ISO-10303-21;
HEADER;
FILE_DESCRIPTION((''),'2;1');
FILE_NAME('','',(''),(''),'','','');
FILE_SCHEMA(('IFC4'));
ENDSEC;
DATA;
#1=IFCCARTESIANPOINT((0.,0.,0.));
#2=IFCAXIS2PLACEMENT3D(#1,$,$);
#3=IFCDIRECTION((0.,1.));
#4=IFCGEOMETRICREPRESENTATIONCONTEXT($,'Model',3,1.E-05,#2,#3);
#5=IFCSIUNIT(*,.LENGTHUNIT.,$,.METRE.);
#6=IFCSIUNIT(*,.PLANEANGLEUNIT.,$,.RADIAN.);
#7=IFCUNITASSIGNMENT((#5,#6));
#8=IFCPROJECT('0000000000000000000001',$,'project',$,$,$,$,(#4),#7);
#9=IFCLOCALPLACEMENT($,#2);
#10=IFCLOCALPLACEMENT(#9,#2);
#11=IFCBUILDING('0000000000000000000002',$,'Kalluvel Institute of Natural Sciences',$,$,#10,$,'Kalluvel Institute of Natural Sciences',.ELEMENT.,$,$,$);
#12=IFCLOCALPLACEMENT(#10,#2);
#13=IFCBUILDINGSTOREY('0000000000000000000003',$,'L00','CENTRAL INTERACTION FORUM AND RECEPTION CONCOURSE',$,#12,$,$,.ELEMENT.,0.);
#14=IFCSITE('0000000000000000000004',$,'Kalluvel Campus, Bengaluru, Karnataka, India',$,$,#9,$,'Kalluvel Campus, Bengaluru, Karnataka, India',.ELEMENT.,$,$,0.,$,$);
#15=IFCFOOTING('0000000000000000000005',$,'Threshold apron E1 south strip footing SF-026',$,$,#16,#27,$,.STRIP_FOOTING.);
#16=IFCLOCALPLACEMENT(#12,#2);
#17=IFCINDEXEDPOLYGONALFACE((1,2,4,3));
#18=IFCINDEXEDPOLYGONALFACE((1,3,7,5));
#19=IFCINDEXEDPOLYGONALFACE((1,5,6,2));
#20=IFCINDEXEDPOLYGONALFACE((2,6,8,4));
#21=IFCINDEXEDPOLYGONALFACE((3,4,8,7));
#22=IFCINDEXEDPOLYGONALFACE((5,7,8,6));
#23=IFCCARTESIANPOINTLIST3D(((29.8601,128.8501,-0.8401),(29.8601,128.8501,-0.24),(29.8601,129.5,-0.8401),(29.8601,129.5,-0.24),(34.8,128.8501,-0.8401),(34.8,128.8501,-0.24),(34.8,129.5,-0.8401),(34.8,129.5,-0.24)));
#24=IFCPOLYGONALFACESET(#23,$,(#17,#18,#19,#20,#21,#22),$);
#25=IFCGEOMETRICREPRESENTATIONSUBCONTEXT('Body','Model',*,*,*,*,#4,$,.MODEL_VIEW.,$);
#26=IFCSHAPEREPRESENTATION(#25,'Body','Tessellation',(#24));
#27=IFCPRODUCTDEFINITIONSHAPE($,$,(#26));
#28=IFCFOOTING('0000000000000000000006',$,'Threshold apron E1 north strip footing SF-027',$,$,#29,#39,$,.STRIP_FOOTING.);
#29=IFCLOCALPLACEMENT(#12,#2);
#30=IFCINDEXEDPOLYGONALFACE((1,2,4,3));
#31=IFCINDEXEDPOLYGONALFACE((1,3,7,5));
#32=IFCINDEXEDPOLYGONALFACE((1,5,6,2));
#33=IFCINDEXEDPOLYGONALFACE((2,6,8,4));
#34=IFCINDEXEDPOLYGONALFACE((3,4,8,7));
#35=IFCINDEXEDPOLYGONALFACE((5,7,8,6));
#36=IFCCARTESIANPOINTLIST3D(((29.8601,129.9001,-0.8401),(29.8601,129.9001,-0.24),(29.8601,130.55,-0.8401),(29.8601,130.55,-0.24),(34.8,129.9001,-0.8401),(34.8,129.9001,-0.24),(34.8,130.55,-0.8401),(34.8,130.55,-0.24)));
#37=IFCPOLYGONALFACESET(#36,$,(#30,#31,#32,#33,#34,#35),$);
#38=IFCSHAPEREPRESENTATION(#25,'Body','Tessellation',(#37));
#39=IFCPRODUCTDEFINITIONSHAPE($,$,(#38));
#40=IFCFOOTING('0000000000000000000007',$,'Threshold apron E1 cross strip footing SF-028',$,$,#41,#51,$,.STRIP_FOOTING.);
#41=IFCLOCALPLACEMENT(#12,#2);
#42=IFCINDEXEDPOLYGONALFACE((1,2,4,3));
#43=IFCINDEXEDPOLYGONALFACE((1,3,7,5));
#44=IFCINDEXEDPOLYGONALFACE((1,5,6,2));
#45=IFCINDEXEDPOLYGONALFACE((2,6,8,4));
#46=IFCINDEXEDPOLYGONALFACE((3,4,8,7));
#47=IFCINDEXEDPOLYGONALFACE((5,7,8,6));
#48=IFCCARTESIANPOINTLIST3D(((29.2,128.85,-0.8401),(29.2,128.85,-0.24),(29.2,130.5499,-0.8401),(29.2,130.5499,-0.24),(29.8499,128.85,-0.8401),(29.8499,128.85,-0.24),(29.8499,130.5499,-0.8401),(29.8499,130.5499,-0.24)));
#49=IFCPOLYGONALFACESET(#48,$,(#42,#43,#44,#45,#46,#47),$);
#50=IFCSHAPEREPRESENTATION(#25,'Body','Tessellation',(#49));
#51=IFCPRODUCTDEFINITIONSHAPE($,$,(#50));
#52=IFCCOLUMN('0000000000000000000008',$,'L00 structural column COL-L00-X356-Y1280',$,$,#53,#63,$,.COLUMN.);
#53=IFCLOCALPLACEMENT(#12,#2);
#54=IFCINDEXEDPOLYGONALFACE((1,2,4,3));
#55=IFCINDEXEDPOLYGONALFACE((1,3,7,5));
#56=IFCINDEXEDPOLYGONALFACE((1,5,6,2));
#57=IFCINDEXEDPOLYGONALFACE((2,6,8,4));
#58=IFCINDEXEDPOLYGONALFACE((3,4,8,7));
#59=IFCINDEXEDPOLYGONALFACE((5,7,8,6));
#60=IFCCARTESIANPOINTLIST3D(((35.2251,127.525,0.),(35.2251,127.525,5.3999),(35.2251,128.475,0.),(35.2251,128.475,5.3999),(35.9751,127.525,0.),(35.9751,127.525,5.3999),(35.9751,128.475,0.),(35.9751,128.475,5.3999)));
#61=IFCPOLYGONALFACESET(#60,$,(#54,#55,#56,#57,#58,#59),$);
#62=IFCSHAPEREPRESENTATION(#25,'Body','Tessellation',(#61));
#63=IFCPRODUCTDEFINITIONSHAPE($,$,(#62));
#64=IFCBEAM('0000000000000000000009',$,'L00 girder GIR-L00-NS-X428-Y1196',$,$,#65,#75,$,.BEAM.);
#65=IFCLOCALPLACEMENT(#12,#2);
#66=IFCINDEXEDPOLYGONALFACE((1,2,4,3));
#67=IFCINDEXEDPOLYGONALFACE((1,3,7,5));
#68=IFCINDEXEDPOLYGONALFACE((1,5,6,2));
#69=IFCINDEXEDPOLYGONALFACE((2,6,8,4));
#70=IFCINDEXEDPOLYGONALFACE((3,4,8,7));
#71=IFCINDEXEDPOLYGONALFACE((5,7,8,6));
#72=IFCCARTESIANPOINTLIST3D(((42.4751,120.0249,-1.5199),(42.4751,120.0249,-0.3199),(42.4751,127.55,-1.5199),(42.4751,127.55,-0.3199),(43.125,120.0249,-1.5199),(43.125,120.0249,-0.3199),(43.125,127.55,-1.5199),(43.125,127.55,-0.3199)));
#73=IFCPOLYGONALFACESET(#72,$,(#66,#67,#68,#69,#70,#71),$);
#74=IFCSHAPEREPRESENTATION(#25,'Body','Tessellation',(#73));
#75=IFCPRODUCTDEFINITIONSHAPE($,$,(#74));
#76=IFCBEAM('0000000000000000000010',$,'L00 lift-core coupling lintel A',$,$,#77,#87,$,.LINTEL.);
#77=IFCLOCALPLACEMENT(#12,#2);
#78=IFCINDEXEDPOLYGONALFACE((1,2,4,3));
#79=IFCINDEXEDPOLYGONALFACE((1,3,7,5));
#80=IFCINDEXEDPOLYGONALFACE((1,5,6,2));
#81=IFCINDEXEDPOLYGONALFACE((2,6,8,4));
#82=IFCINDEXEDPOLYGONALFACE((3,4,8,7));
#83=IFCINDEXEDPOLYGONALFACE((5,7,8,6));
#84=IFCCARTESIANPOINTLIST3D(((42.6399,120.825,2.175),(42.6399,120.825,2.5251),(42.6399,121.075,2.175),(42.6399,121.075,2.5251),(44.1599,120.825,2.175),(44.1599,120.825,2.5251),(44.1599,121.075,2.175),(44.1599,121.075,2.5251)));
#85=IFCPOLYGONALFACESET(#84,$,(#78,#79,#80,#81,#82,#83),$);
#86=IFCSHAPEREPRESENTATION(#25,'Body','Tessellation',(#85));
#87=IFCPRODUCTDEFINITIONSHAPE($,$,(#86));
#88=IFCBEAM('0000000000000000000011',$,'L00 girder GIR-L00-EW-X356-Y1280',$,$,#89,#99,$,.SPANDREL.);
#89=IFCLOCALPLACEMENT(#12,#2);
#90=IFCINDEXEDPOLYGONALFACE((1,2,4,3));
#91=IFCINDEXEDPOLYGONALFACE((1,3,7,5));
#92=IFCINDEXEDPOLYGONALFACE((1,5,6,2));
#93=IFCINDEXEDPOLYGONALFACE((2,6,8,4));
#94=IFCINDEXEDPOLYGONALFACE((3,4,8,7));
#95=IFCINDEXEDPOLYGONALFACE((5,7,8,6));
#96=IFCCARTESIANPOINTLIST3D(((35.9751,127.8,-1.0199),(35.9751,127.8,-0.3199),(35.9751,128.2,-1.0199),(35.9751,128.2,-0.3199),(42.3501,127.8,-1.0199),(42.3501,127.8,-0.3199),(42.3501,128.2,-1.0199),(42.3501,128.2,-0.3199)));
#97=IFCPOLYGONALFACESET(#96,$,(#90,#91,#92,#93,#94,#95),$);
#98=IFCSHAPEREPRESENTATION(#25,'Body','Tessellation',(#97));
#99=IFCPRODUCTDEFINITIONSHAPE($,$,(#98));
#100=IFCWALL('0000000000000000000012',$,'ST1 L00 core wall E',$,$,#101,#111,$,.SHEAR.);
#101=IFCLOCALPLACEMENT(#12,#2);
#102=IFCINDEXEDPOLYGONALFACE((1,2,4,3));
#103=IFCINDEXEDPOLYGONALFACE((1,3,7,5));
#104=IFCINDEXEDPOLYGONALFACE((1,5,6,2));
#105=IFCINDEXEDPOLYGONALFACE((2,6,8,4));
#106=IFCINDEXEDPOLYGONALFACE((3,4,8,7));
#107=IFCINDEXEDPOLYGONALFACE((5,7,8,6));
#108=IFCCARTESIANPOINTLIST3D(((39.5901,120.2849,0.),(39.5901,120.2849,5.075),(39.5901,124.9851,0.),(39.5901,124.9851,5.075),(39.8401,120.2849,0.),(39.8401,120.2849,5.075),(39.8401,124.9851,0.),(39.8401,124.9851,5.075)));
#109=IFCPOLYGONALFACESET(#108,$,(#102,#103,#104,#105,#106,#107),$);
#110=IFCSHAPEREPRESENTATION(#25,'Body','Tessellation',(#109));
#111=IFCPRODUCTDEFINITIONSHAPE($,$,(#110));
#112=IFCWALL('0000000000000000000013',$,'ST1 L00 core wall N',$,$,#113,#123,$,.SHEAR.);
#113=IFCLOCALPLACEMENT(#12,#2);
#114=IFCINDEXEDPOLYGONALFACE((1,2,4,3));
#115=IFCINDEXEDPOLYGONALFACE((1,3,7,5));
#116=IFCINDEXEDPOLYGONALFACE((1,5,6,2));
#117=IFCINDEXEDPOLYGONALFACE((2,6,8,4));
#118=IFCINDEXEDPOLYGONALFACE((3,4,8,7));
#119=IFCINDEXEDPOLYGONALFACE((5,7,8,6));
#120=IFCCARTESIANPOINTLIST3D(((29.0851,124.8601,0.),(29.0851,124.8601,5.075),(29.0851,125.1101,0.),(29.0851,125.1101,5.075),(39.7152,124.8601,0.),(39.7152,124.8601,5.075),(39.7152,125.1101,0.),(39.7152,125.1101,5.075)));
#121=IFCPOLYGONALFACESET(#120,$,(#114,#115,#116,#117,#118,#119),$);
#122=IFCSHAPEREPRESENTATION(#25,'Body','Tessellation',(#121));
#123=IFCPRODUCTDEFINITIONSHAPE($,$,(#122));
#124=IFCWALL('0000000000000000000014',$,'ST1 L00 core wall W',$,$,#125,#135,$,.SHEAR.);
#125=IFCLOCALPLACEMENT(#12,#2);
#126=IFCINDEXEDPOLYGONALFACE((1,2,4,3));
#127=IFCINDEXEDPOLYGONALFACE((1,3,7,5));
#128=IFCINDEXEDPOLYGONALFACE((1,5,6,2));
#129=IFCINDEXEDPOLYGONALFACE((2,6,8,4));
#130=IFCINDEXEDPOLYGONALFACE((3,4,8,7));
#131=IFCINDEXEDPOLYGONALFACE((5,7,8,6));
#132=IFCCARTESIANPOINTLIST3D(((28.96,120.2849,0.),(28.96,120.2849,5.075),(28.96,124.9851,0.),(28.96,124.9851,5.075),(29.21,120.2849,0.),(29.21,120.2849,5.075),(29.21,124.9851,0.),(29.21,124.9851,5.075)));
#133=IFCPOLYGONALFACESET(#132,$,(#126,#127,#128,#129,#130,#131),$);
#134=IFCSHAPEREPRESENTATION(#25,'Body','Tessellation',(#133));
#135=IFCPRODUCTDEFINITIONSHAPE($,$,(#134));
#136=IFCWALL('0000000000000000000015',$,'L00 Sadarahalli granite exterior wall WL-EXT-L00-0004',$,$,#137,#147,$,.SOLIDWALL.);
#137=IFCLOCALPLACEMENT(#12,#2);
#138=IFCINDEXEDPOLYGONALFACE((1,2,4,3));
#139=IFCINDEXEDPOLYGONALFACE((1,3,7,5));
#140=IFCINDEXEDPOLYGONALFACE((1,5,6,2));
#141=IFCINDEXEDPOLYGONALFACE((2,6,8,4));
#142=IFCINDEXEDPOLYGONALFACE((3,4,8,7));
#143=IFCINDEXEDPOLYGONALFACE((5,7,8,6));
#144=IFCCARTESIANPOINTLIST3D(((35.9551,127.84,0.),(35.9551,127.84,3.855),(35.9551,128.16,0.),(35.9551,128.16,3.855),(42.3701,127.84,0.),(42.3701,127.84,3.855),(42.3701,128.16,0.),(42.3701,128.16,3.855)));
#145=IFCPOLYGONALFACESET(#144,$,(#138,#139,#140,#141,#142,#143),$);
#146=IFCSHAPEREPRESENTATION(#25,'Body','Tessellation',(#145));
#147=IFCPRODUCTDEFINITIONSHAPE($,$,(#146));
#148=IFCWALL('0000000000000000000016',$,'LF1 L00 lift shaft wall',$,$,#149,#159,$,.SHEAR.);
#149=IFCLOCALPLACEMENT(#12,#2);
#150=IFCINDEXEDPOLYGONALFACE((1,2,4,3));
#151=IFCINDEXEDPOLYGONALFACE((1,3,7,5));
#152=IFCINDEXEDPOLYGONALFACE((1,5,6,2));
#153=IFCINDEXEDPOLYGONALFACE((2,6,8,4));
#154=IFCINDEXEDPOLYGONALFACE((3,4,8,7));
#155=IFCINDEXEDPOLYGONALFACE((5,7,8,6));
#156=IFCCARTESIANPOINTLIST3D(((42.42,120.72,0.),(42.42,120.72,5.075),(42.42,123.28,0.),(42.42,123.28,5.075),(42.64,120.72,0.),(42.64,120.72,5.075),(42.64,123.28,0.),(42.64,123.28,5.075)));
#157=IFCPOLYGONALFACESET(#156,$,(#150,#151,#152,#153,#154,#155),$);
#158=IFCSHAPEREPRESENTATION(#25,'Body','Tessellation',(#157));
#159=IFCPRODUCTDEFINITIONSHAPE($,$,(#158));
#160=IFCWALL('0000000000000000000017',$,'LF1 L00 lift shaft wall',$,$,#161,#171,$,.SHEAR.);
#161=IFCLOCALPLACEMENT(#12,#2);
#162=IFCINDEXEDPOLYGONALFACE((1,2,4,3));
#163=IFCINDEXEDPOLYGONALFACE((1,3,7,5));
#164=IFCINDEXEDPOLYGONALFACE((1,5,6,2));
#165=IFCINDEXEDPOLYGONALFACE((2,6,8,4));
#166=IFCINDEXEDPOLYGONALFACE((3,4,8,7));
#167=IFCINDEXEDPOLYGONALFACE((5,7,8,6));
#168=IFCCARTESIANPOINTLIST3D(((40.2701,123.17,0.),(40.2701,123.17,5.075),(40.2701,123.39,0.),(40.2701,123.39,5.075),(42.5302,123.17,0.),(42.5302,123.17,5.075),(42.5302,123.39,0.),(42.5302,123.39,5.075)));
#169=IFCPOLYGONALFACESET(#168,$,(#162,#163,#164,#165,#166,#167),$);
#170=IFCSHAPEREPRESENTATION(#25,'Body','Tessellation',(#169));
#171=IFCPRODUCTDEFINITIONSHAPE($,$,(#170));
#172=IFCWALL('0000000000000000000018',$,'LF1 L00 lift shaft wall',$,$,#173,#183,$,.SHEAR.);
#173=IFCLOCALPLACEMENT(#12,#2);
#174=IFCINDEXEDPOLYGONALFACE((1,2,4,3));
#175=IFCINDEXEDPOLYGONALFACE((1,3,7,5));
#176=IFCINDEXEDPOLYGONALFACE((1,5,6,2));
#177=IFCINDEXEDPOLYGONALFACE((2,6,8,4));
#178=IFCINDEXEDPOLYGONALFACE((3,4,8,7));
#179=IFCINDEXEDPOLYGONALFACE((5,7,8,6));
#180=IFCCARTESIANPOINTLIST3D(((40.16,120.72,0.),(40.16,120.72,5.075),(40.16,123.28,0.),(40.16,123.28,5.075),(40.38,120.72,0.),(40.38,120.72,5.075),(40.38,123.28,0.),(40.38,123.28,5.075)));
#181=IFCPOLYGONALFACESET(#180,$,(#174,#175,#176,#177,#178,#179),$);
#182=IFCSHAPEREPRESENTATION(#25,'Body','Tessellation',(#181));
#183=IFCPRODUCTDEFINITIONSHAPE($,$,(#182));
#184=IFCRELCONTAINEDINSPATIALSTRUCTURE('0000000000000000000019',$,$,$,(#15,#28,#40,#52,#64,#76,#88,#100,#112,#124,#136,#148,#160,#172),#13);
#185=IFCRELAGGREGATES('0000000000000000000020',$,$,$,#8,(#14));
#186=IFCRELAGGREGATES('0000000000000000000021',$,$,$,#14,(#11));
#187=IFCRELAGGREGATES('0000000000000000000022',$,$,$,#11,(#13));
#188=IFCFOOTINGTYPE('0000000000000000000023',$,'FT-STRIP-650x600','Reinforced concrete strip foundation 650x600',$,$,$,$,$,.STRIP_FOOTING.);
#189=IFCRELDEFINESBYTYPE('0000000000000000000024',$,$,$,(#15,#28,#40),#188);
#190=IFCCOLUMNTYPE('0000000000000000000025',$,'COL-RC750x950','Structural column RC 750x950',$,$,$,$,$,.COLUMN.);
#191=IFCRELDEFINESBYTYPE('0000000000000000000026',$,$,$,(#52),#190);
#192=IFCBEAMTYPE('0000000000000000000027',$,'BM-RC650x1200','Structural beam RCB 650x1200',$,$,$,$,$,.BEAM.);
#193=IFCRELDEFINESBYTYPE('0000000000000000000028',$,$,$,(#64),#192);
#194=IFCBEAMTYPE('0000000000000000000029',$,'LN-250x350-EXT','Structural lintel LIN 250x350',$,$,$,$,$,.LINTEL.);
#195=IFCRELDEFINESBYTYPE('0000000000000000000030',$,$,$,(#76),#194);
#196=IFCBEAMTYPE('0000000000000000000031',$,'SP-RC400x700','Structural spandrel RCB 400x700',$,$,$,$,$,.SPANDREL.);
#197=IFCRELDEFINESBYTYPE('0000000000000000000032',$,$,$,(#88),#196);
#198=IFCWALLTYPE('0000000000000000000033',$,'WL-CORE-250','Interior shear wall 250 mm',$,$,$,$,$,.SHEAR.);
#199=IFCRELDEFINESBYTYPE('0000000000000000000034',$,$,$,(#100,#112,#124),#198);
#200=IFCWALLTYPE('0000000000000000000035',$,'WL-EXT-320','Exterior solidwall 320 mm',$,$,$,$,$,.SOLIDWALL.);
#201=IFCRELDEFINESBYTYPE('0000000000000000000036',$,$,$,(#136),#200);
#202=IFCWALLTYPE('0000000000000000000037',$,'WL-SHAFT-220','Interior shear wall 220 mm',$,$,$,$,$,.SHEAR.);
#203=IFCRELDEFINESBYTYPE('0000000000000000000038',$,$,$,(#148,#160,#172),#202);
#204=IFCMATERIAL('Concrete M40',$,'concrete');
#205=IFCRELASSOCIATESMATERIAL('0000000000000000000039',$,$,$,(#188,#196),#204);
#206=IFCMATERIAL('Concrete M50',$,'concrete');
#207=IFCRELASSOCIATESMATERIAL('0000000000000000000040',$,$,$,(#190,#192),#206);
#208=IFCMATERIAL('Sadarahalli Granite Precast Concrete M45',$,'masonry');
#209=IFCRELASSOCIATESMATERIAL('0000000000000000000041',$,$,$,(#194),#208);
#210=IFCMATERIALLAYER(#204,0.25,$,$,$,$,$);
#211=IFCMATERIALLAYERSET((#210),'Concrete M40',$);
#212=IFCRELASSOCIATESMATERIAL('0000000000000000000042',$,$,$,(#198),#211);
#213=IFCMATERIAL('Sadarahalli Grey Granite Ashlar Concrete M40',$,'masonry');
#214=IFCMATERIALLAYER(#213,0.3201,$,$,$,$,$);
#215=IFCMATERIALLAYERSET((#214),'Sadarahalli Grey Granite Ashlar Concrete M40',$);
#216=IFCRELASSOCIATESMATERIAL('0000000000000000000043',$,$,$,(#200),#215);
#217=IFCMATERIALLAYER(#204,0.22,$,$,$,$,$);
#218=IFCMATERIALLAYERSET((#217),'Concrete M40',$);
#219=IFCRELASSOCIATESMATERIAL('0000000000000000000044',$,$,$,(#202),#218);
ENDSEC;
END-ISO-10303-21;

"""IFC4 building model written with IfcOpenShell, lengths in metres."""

from ifc_helpers import new_model, si_unit, direction, frame, frame_2d, origin, origin_2d, place, context, subcontext, project, spatial, rectangle, extrude, material, layer, layer_set, material_profile, profile_set, type_object, element, save


model = new_model("IFC4")

# Units and contexts
model_context = context("Model", 3, precision=1e-05, world=origin(), true_north=direction((0.0, 1.0)))
body_context = subcontext(model_context, "Body", "Model", "MODEL_VIEW")
ifc_project = project(units=[si_unit("LENGTHUNIT", "METRE"), si_unit("PLANEANGLEUNIT", "RADIAN")], contexts=[model_context])

# Site, building, storey
site_placement = place(None, origin())
site = spatial("IfcSite", under=ifc_project, at=site_placement, Name="Kalluvel Campus, Bengaluru, Karnataka, India", LongName="Kalluvel Campus, Bengaluru, Karnataka, India", CompositionType="ELEMENT", RefElevation=0.0)
building_placement = place(site_placement, origin())
building = spatial("IfcBuilding", under=site, at=building_placement, Name="Kalluvel Institute of Natural Sciences", LongName="Kalluvel Institute of Natural Sciences", CompositionType="ELEMENT")
storey_placement = place(building_placement, origin())
storey = spatial("IfcBuildingStorey", under=building, at=storey_placement, Name="L00", Description="CENTRAL INTERACTION FORUM AND RECEPTION CONCOURSE", CompositionType="ELEMENT", Elevation=0.0)

# Footings
ifc_material_1 = material(Name="Concrete M40", Category="concrete")
footing_type = type_object("IfcFootingType", Name="FT-STRIP-650x600", Description="Reinforced concrete strip foundation 650x600", PredefinedType="STRIP_FOOTING", material=ifc_material_1)
for number, where, z_axis, x_axis, name in (
    (1, (32.3301, 129.175, -0.8401), (0.0, 0.0, 1.0), (1.0, 0.0, 0.0), "Threshold apron E1 south strip footing SF-026"),
    (2, (32.3301, 130.2251, -0.8401), (0.0, 0.0, 1.0), (1.0, 0.0, 0.0), "Threshold apron E1 north strip footing SF-027"),
):
    element("IfcFooting", number, at=place(storey_placement, frame(where, z_axis=z_axis, x_axis=x_axis)), inside=storey, type_object=footing_type, Name=name, PredefinedType="STRIP_FOOTING", context=body_context, shape_type="SweptSolid", body=[
        extrude(rectangle(XDim=4.9399, YDim=0.6499, at=origin_2d()), origin(), (0.0, 0.0, 1.0), 0.6001),
    ])
footing_placement = place(storey_placement, frame((29.5249, 129.7, -0.8401), z_axis=(0.0, 0.0, 1.0), x_axis=(1.0, 0.0, 0.0)))
element("IfcFooting", 3, at=footing_placement, inside=storey, type_object=footing_type, Name="Threshold apron E1 cross strip footing SF-028", PredefinedType="STRIP_FOOTING", context=body_context, shape_type="SweptSolid", body=[
    extrude(rectangle(XDim=0.6499, YDim=1.7, at=origin_2d()), origin(), (0.0, 0.0, 1.0), 0.6001),
])

# Column
ifc_material_2 = material(Name="Concrete M50", Category="concrete")
ifc_material_profile_1 = material_profile(ifc_material_2, rectangle(XDim=0.75, YDim=0.95, at=origin_2d()), Name="RC 750x950")
ifc_profile_set_1 = profile_set([ifc_material_profile_1], Name="Concrete M50")
column_type = type_object("IfcColumnType", Name="COL-RC750x950", Description="Structural column RC 750x950", PredefinedType="COLUMN", material=ifc_profile_set_1)
column_placement = place(storey_placement, frame((35.6001, 128.0, 0.0), z_axis=(0.0, 0.0, 1.0), x_axis=(1.0, 0.0, 0.0)))
element("IfcColumn", 4, at=column_placement, inside=storey, type_object=column_type, Name="L00 structural column COL-L00-X356-Y1280", PredefinedType="COLUMN", context=body_context, shape_type="SweptSolid", body=[
    extrude(rectangle(XDim=0.75, YDim=0.95, at=origin_2d()), origin(), (0.0, 0.0, 1.0), 5.3999),
])

# Beams
ifc_material_profile_2 = material_profile(ifc_material_2, rectangle(XDim=0.6499, YDim=1.2, at=origin_2d()), Name="RCB 650x1200")
ifc_profile_set_2 = profile_set([ifc_material_profile_2], Name="Concrete M50")
beam_type_1 = type_object("IfcBeamType", Name="BM-RC650x1200", Description="Structural beam RCB 650x1200", PredefinedType="BEAM", material=ifc_profile_set_2)
beam_1_placement = place(storey_placement, frame((42.8, 120.0249, -0.9199), z_axis=(0.0, 1.0, 0.0), x_axis=(-1.0, 0.0, 0.0)))
element("IfcBeam", 5, at=beam_1_placement, inside=storey, type_object=beam_type_1, Name="L00 girder GIR-L00-NS-X428-Y1196", PredefinedType="BEAM", context=body_context, shape_type="SweptSolid", body=[
    extrude(rectangle(XDim=0.6499, YDim=1.2, at=origin_2d()), origin(), (0.0, 0.0, 1.0), 7.5251),
])
ifc_material_3 = material(Name="Sadarahalli Granite Precast Concrete M45", Category="masonry")
ifc_material_profile_3 = material_profile(ifc_material_3, rectangle(XDim=0.25, YDim=0.3501, at=origin_2d()), Name="LIN 250x350")
ifc_profile_set_3 = profile_set([ifc_material_profile_3], Name="Sadarahalli Granite Precast Concrete M45")
beam_type_2 = type_object("IfcBeamType", Name="LN-250x350-EXT", Description="Structural lintel LIN 250x350", PredefinedType="LINTEL", material=ifc_profile_set_3)
beam_2_placement = place(storey_placement, frame((42.6399, 120.95, 2.3501), z_axis=(1.0, 0.0, 0.0), x_axis=(0.0, 1.0, 0.0)))
element("IfcBeam", 6, at=beam_2_placement, inside=storey, type_object=beam_type_2, Name="L00 lift-core coupling lintel A", PredefinedType="LINTEL", context=body_context, shape_type="SweptSolid", body=[
    extrude(rectangle(XDim=0.25, YDim=0.3501, at=origin_2d()), origin(), (0.0, 0.0, 1.0), 1.52),
])
ifc_material_profile_4 = material_profile(ifc_material_1, rectangle(XDim=0.3999, YDim=0.7, at=origin_2d()), Name="RCB 400x700")
ifc_profile_set_4 = profile_set([ifc_material_profile_4], Name="Concrete M40")
beam_type_3 = type_object("IfcBeamType", Name="SP-RC400x700", Description="Structural spandrel RCB 400x700", PredefinedType="SPANDREL", material=ifc_profile_set_4)
beam_3_placement = place(storey_placement, frame((35.9751, 128.0, -0.6699), z_axis=(1.0, 0.0, 0.0), x_axis=(0.0, 1.0, 0.0)))
element("IfcBeam", 7, at=beam_3_placement, inside=storey, type_object=beam_type_3, Name="L00 girder GIR-L00-EW-X356-Y1280", PredefinedType="SPANDREL", context=body_context, shape_type="SweptSolid", body=[
    extrude(rectangle(XDim=0.3999, YDim=0.7, at=origin_2d()), origin(), (0.0, 0.0, 1.0), 6.375),
])

# Walls
ifc_layer_1 = layer(ifc_material_1, 0.25)
ifc_layer_set_1 = layer_set([ifc_layer_1], Name="Concrete M40")
wall_type_1 = type_object("IfcWallType", Name="WL-CORE-250", Description="Interior shear wall 250 mm", PredefinedType="SHEAR", material=ifc_layer_set_1)
wall_1_placement = place(storey_placement, frame((39.7151, 120.2849, 0.0), z_axis=(0.0, 0.0, 1.0), x_axis=(0.0, 1.0, 0.0)))
element("IfcWall", 8, at=wall_1_placement, inside=storey, type_object=wall_type_1, Name="ST1 L00 core wall E", PredefinedType="SHEAR", context=body_context, shape_type="SweptSolid", body=[
    extrude(rectangle(XDim=4.7002, YDim=0.25, at=frame_2d((2.3501, 0.0))), origin(), (0.0, 0.0, 1.0), 5.075),
])
wall_2_placement = place(storey_placement, frame((39.7151, 124.9851, 0.0), z_axis=(0.0, 0.0, 1.0), x_axis=(-1.0, 0.0, 0.0)))
element("IfcWall", 9, at=wall_2_placement, inside=storey, type_object=wall_type_1, Name="ST1 L00 core wall N", PredefinedType="SHEAR", context=body_context, shape_type="SweptSolid", body=[
    extrude(rectangle(XDim=10.6301, YDim=0.25, at=frame_2d((5.3149, 0.0))), origin(), (0.0, 0.0, 1.0), 5.075),
])
wall_3_placement = place(storey_placement, frame((29.085, 124.9851, 0.0), z_axis=(0.0, 0.0, 1.0), x_axis=(0.0, -1.0, 0.0)))
element("IfcWall", 10, at=wall_3_placement, inside=storey, type_object=wall_type_1, Name="ST1 L00 core wall W", PredefinedType="SHEAR", context=body_context, shape_type="SweptSolid", body=[
    extrude(rectangle(XDim=4.7002, YDim=0.25, at=frame_2d((2.3501, 0.0))), origin(), (0.0, 0.0, 1.0), 5.075),
])
ifc_material_4 = material(Name="Sadarahalli Grey Granite Ashlar Concrete M40", Category="masonry")
ifc_layer_2 = layer(ifc_material_4, 0.3201)
ifc_layer_set_2 = layer_set([ifc_layer_2], Name="Sadarahalli Grey Granite Ashlar Concrete M40")
wall_type_2 = type_object("IfcWallType", Name="WL-EXT-320", Description="Exterior solidwall 320 mm", PredefinedType="SOLIDWALL", material=ifc_layer_set_2)
wall_4_placement = place(storey_placement, frame((35.9551, 128.0, 0.0), z_axis=(0.0, 0.0, 1.0), x_axis=(1.0, 0.0, 0.0)))
element("IfcWall", 11, at=wall_4_placement, inside=storey, type_object=wall_type_2, Name="L00 Sadarahalli granite exterior wall WL-EXT-L00-0004", PredefinedType="SOLIDWALL", context=body_context, shape_type="SweptSolid", body=[
    extrude(rectangle(XDim=6.415, YDim=0.3201, at=frame_2d((3.2075, 0.0))), origin(), (0.0, 0.0, 1.0), 3.855),
])

# Shared definitions
ifc_layer_3 = layer(ifc_material_1, 0.22)
ifc_layer_set_3 = layer_set([ifc_layer_3], Name="Concrete M40")
wall_type_3 = type_object("IfcWallType", Name="WL-SHAFT-220", Description="Interior shear wall 220 mm", PredefinedType="SHEAR", material=ifc_layer_set_3)

# Walls
wall_5_placement = place(storey_placement, frame((42.53, 120.72, 0.0), z_axis=(0.0, 0.0, 1.0), x_axis=(0.0, 1.0, 0.0)))
element("IfcWall", 12, at=wall_5_placement, inside=storey, type_object=wall_type_3, Name="LF1 L00 lift shaft wall", PredefinedType="SHEAR", context=body_context, shape_type="SweptSolid", body=[
    extrude(rectangle(XDim=2.5601, YDim=0.22, at=frame_2d((1.28, 0.0))), origin(), (0.0, 0.0, 1.0), 5.075),
])
wall_6_placement = place(storey_placement, frame((42.53, 123.28, 0.0), z_axis=(0.0, 0.0, 1.0), x_axis=(-1.0, 0.0, 0.0)))
element("IfcWall", 13, at=wall_6_placement, inside=storey, type_object=wall_type_3, Name="LF1 L00 lift shaft wall", PredefinedType="SHEAR", context=body_context, shape_type="SweptSolid", body=[
    extrude(rectangle(XDim=2.26, YDim=0.22, at=frame_2d((1.1299, 0.0))), origin(), (0.0, 0.0, 1.0), 5.075),
])
wall_7_placement = place(storey_placement, frame((40.27, 123.28, 0.0), z_axis=(0.0, 0.0, 1.0), x_axis=(0.0, -1.0, 0.0)))
element("IfcWall", 14, at=wall_7_placement, inside=storey, type_object=wall_type_3, Name="LF1 L00 lift shaft wall", PredefinedType="SHEAR", context=body_context, shape_type="SweptSolid", body=[
    extrude(rectangle(XDim=2.5601, YDim=0.22, at=frame_2d((1.28, 0.0))), origin(), (0.0, 0.0, 1.0), 5.075),
])

save(model, "model.ifc")
